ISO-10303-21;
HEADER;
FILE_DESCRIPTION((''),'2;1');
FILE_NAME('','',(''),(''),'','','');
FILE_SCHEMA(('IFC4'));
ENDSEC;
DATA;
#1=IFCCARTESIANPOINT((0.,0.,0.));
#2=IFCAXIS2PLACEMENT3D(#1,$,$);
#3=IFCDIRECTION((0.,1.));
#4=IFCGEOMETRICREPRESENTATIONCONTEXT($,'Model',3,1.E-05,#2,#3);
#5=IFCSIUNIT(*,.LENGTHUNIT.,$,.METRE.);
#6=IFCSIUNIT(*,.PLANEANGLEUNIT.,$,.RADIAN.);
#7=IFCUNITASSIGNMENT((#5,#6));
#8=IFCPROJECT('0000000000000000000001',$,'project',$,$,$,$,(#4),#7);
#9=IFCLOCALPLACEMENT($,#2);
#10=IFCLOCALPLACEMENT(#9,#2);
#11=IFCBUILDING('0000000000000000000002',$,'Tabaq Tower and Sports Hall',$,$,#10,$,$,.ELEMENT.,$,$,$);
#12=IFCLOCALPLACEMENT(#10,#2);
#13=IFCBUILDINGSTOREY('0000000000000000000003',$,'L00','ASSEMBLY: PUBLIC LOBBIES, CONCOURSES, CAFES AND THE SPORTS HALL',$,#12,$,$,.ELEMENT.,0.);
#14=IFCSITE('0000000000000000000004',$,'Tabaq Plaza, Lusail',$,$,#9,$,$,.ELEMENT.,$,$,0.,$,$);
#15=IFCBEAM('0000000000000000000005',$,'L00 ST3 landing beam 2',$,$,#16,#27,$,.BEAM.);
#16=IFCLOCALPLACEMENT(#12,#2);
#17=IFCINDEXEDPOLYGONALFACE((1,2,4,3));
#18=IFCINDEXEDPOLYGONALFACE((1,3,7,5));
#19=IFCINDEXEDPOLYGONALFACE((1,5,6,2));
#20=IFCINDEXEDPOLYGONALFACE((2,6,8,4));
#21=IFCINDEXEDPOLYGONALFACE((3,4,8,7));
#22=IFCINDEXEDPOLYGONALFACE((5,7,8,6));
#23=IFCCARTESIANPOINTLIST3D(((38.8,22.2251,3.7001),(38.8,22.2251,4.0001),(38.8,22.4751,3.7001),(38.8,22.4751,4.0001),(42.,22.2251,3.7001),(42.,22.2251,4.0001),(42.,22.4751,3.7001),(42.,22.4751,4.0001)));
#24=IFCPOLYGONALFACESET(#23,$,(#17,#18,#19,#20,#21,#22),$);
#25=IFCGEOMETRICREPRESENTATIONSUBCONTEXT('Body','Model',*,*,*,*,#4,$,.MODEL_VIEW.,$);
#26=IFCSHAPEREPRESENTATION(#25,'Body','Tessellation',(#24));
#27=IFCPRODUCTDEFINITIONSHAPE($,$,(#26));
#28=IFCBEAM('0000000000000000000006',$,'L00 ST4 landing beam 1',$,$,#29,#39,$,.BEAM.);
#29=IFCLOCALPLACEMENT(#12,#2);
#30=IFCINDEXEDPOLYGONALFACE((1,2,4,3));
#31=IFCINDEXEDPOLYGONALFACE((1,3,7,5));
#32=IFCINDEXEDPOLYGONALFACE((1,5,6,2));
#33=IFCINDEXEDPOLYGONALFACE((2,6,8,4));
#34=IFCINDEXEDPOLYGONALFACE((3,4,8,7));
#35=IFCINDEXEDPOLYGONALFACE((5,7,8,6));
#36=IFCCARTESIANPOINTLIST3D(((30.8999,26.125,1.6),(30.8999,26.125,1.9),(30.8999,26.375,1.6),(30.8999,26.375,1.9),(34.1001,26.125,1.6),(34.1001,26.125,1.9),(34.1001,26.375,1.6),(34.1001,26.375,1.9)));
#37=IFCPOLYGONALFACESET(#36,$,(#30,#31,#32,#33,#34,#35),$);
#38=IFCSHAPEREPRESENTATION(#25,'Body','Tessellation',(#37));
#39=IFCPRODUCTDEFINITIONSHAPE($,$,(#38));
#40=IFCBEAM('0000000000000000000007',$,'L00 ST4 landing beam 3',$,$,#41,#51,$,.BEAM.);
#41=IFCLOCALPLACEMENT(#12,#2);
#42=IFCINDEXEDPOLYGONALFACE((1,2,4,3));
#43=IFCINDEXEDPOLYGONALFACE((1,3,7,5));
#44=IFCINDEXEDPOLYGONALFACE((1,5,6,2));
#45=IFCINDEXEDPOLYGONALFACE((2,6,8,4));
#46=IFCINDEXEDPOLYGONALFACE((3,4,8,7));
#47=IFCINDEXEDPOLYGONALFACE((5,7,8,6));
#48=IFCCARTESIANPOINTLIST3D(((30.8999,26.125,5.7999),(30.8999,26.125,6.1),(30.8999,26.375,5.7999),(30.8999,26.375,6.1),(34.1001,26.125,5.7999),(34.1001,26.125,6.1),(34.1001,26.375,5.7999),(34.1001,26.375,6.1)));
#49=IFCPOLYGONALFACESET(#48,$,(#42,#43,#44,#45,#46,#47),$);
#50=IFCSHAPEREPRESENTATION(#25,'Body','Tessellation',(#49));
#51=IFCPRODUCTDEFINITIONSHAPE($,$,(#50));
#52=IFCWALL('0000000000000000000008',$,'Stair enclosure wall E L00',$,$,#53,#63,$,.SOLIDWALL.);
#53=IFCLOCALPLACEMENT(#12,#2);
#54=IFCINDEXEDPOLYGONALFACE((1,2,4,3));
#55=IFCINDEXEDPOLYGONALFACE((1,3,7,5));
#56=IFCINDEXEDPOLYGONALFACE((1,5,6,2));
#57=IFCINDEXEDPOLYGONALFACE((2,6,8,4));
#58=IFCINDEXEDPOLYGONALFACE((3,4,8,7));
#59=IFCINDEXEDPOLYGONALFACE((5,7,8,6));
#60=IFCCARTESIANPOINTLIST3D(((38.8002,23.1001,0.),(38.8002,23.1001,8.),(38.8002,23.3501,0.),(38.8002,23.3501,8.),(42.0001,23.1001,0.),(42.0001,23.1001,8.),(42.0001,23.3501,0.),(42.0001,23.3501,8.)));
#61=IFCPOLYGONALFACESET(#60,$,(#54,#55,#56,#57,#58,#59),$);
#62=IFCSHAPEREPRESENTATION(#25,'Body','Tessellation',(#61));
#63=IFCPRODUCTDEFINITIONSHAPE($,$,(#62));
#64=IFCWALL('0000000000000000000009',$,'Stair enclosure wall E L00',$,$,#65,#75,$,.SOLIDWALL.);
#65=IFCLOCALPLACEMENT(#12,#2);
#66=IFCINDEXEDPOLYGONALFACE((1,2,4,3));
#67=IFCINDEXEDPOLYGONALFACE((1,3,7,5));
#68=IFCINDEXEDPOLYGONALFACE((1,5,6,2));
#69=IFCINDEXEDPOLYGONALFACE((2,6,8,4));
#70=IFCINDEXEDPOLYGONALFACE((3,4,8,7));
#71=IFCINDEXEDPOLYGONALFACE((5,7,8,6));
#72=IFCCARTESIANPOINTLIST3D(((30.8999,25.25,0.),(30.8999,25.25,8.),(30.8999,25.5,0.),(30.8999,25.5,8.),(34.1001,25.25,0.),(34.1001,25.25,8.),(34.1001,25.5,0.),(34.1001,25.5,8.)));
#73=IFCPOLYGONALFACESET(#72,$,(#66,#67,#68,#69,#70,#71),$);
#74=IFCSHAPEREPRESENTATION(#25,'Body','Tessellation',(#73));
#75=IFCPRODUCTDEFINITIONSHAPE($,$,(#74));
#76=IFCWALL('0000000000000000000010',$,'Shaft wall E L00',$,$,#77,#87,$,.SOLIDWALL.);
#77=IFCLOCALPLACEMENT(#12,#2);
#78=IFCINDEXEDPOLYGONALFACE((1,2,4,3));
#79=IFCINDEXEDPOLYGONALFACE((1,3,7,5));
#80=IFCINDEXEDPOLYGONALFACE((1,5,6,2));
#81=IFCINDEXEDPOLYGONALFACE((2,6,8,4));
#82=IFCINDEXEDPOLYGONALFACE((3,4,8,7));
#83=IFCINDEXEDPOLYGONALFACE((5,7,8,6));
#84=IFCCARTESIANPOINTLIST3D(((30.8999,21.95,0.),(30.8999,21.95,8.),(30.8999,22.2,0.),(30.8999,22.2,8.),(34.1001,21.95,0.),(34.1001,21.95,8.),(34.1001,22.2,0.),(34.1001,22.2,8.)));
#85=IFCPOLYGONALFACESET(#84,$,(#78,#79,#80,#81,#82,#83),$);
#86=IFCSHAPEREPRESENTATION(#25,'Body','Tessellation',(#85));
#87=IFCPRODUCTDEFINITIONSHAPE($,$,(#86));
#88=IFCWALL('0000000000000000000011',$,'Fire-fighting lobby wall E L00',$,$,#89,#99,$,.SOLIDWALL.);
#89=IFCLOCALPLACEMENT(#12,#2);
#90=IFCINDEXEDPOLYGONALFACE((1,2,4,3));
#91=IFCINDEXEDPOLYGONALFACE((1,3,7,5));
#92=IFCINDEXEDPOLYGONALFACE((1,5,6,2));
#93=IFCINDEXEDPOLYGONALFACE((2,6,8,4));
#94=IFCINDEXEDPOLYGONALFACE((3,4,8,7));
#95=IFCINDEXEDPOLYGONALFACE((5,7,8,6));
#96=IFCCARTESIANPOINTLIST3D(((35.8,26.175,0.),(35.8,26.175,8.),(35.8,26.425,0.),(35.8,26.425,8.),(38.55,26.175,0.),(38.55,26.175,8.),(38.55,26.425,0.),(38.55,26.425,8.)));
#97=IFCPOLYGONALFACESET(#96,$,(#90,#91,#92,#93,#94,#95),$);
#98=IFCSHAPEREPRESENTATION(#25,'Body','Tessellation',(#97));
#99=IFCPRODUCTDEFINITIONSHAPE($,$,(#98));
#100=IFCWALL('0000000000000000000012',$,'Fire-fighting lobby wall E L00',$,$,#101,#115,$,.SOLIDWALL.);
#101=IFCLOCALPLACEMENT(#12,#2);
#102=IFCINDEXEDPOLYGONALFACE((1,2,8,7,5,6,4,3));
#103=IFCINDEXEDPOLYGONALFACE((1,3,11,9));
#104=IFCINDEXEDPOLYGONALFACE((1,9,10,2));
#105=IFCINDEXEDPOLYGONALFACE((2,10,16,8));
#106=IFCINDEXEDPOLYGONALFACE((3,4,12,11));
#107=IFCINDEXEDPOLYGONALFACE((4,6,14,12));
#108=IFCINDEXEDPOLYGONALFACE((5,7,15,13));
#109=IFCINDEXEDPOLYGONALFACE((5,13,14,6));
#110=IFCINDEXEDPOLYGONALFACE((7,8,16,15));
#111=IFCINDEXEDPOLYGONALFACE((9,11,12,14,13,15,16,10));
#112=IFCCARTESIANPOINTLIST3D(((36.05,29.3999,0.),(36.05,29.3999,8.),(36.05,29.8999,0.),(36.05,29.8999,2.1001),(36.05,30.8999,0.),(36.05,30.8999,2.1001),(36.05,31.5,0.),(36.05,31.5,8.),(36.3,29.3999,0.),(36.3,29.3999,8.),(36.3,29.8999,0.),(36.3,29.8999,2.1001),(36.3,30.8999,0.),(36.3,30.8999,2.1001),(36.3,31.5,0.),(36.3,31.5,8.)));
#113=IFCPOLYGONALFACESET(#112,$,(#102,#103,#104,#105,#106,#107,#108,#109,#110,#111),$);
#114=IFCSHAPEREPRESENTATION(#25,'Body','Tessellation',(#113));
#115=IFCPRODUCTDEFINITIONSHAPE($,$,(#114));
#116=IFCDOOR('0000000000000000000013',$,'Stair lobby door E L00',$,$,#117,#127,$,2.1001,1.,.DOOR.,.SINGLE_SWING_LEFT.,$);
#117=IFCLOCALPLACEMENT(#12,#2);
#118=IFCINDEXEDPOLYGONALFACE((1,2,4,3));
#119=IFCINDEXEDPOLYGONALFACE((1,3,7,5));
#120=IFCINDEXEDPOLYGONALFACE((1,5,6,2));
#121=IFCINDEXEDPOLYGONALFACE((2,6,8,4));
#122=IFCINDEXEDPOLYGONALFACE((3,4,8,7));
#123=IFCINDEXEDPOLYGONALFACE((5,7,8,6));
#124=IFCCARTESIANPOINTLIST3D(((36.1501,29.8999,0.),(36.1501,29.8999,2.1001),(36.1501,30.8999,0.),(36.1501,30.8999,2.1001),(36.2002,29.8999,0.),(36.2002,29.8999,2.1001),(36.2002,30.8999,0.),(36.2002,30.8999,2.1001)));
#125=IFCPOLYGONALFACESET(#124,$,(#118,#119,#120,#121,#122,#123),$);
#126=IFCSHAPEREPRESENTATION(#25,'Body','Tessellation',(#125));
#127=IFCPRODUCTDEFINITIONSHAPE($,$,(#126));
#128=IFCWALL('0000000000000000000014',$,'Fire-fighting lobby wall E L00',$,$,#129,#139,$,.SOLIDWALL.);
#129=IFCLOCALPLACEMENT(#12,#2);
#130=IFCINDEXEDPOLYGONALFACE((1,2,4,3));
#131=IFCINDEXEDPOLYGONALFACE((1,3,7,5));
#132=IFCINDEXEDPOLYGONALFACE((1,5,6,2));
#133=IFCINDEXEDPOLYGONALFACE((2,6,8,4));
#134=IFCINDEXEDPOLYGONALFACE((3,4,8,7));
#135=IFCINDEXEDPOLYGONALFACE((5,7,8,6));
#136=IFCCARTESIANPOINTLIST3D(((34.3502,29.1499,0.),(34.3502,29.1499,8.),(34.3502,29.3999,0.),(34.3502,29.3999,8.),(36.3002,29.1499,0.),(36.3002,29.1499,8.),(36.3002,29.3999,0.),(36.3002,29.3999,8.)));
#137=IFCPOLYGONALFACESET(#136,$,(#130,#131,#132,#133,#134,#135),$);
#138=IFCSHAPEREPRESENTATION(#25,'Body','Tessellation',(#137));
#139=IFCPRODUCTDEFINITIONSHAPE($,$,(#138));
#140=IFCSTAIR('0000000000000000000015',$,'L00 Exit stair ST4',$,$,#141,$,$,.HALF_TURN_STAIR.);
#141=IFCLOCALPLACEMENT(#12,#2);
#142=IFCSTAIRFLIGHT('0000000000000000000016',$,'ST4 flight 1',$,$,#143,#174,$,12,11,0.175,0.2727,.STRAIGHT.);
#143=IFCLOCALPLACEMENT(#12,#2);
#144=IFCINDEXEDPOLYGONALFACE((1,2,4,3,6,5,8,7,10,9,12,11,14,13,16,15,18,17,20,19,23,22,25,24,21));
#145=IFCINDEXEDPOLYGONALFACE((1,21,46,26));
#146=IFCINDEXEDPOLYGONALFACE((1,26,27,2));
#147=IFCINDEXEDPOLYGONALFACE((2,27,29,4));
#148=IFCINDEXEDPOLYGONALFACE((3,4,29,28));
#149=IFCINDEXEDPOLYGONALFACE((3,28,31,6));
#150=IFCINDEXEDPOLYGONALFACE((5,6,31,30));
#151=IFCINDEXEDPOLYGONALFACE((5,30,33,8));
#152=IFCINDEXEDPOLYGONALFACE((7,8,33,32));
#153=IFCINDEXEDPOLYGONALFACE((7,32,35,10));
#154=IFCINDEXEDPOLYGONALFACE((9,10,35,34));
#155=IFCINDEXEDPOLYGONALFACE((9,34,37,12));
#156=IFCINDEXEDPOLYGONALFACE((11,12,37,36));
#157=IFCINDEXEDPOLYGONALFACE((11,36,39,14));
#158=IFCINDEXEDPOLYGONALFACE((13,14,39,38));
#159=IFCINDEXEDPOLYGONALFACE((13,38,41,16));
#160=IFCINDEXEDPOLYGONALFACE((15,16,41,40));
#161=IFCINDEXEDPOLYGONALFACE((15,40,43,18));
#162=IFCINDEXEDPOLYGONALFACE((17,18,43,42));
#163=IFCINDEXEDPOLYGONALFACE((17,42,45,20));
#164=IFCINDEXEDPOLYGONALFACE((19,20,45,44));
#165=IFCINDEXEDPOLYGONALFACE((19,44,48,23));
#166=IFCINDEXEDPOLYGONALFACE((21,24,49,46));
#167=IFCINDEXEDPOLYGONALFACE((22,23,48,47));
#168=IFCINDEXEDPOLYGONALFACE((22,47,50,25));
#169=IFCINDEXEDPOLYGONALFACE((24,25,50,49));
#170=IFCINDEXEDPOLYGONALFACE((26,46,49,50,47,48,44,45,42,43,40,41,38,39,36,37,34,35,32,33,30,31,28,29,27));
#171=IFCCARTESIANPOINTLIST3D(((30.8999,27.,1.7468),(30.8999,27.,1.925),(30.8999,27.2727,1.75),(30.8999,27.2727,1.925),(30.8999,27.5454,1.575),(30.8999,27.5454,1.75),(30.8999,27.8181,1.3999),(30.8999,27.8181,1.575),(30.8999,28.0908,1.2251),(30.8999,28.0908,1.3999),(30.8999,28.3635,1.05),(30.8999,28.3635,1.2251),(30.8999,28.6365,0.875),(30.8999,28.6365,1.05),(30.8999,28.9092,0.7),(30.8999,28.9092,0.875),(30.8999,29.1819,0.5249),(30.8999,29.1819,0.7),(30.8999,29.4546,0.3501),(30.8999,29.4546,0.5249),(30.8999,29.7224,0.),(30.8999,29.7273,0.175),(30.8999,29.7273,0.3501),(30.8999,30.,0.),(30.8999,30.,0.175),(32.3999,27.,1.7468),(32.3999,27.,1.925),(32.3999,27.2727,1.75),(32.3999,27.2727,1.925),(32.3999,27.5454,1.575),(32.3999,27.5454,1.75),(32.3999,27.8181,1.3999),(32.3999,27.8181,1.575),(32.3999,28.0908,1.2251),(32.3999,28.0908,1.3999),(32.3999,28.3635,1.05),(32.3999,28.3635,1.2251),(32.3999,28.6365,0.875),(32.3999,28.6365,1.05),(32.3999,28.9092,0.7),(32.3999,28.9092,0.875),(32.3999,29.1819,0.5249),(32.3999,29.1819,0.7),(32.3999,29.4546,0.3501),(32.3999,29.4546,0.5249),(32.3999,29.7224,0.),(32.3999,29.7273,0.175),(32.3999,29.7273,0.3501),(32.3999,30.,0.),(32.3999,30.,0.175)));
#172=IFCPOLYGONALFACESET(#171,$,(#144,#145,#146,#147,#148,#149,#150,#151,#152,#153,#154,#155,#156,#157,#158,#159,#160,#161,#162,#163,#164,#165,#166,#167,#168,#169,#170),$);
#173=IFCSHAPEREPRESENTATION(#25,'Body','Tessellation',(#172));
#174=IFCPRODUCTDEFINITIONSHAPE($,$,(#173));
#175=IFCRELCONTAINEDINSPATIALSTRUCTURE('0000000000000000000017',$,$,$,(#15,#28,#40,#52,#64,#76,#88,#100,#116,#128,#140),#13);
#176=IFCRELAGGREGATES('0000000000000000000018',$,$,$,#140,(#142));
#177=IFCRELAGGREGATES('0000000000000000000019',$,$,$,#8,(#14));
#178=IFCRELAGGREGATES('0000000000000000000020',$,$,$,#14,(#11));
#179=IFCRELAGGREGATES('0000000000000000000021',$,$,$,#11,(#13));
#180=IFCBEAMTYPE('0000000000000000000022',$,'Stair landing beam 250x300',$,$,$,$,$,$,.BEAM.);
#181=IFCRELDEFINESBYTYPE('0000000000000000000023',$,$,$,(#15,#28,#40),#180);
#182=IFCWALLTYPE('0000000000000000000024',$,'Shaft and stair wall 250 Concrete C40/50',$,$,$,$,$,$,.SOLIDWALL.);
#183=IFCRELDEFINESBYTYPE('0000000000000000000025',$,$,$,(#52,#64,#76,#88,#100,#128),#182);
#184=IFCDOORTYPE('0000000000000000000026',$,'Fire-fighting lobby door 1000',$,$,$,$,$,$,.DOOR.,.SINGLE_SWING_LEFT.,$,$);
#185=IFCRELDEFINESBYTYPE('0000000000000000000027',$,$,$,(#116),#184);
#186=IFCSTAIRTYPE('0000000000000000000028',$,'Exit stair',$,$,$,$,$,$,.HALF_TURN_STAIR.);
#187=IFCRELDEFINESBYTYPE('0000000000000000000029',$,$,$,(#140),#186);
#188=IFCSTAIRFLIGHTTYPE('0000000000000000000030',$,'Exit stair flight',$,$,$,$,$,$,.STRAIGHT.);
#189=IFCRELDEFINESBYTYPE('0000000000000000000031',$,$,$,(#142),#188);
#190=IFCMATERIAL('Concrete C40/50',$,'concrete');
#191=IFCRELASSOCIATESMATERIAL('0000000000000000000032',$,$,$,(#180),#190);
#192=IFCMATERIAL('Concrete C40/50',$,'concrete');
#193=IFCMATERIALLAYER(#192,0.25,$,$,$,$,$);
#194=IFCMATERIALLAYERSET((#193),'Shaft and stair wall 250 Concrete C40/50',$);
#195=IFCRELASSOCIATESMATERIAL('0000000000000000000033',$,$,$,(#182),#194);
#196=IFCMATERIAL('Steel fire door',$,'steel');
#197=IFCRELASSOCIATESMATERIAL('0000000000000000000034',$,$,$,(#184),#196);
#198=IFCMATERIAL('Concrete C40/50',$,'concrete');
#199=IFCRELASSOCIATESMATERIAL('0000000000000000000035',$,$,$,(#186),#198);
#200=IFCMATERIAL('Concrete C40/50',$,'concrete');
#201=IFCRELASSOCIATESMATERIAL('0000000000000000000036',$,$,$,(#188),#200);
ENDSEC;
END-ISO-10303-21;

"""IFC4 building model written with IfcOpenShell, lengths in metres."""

from ifc_helpers import new_model, si_unit, direction, frame, frame_2d, origin, origin_2d, place, context, subcontext, project, spatial, polyline, rectangle, outline, extrude, material, layer, layer_set, material_profile, profile_set, type_object, element, fill, aggregate, save


model = new_model("IFC4")

# Units and contexts
model_context = context("Model", 3, precision=1e-05, world=origin(), true_north=direction((0.0, 1.0)))
body_context = subcontext(model_context, "Body", "Model", "MODEL_VIEW")
ifc_project = project(units=[si_unit("LENGTHUNIT", "METRE"), si_unit("PLANEANGLEUNIT", "RADIAN")], contexts=[model_context])

# Site, building, storey
site_placement = place(None, origin())
site = spatial("IfcSite", under=ifc_project, at=site_placement, Name="Tabaq Plaza, Lusail", CompositionType="ELEMENT", RefElevation=0.0)
building_placement = place(site_placement, origin())
building = spatial("IfcBuilding", under=site, at=building_placement, Name="Tabaq Tower and Sports Hall", CompositionType="ELEMENT")
storey_placement = place(building_placement, origin())
storey = spatial("IfcBuildingStorey", under=building, at=storey_placement, Name="L00", Description="ASSEMBLY: PUBLIC LOBBIES, CONCOURSES, CAFES AND THE SPORTS HALL", CompositionType="ELEMENT", Elevation=0.0)

# Beams
ifc_material_1 = material(Name="Concrete C40/50", Category="concrete")
ifc_material_profile = material_profile(ifc_material_1, rectangle(XDim=0.25, YDim=0.3, at=origin_2d()), Name="RC 250x300")
ifc_profile_set = profile_set([ifc_material_profile], Name="Concrete C40/50")
beam_type = type_object("IfcBeamType", Name="Stair landing beam 250x300", PredefinedType="BEAM", material=ifc_profile_set)
beam_placement = place(storey_placement, frame((38.8, 22.3501, 3.8501), z_axis=(1.0, 0.0, 0.0), x_axis=(0.0, 1.0, 0.0)))
element("IfcBeam", 1, at=beam_placement, inside=storey, type_object=beam_type, Name="L00 ST3 landing beam 2", PredefinedType="BEAM", context=body_context, shape_type="SweptSolid", body=[
    extrude(rectangle(XDim=0.25, YDim=0.3, at=origin_2d()), origin(), (0.0, 0.0, 1.0), 3.2),
])
for number, where, z_axis, x_axis, name in (
    (2, (30.8999, 26.25, 1.75), (1.0, 0.0, 0.0), (0.0, 1.0, 0.0), "L00 ST4 landing beam 1"),
    (3, (30.8999, 26.25, 5.95), (1.0, 0.0, 0.0), (0.0, 1.0, 0.0), "L00 ST4 landing beam 3"),
):
    element("IfcBeam", number, at=place(storey_placement, frame(where, z_axis=z_axis, x_axis=x_axis)), inside=storey, type_object=beam_type, Name=name, PredefinedType="BEAM", context=body_context, shape_type="SweptSolid", body=[
        extrude(rectangle(XDim=0.25, YDim=0.3, at=origin_2d()), origin(), (0.0, 0.0, 1.0), 3.2002),
    ])

# Walls
ifc_material_2 = material(Name="Concrete C40/50", Category="concrete")
ifc_layer = layer(ifc_material_2, 0.25)
ifc_layer_set = layer_set([ifc_layer], Name="Shaft and stair wall 250 Concrete C40/50")
wall_type = type_object("IfcWallType", Name="Shaft and stair wall 250 Concrete C40/50", PredefinedType="SOLIDWALL", material=ifc_layer_set)
wall_1_placement = place(storey_placement, frame((38.8, 23.2251, 0.0), z_axis=(0.0, 0.0, 1.0), x_axis=(1.0, 0.0, 0.0)))
element("IfcWall", 4, at=wall_1_placement, inside=storey, type_object=wall_type, Name="Stair enclosure wall E L00", PredefinedType="SOLIDWALL", context=body_context, shape_type="SweptSolid", body=[
    extrude(rectangle(XDim=3.2, YDim=0.25, at=frame_2d((1.6001, 0.0))), origin(), (0.0, 0.0, 1.0), 8.0),
])
for number, where, z_axis, x_axis, name in (
    (5, (30.8999, 25.375, 0.0), (0.0, 0.0, 1.0), (1.0, 0.0, 0.0), "Stair enclosure wall E L00"),
    (6, (30.8999, 22.075, 0.0), (0.0, 0.0, 1.0), (1.0, 0.0, 0.0), "Shaft wall E L00"),
):
    element("IfcWall", number, at=place(storey_placement, frame(where, z_axis=z_axis, x_axis=x_axis)), inside=storey, type_object=wall_type, Name=name, PredefinedType="SOLIDWALL", context=body_context, shape_type="SweptSolid", body=[
        extrude(rectangle(XDim=3.2002, YDim=0.25, at=frame_2d((1.6001, 0.0))), origin(), (0.0, 0.0, 1.0), 8.0),
    ])
wall_2_placement = place(storey_placement, frame((35.8, 26.3, 0.0), z_axis=(0.0, 0.0, 1.0), x_axis=(1.0, 0.0, 0.0)))
element("IfcWall", 7, at=wall_2_placement, inside=storey, type_object=wall_type, Name="Fire-fighting lobby wall E L00", PredefinedType="SOLIDWALL", context=body_context, shape_type="SweptSolid", body=[
    extrude(rectangle(XDim=2.75, YDim=0.25, at=frame_2d((1.375, 0.0))), origin(), (0.0, 0.0, 1.0), 8.0),
])

# Wall, opening, door
wall_3_placement = place(storey_placement, frame((36.175, 29.3999, 0.0), z_axis=(0.0, 0.0, 1.0), x_axis=(0.0, 1.0, 0.0)))
wall_3 = element("IfcWall", 8, at=wall_3_placement, inside=storey, type_object=wall_type, Name="Fire-fighting lobby wall E L00", PredefinedType="SOLIDWALL", context=body_context, shape_type="SweptSolid", body=[
    extrude(rectangle(XDim=2.1001, YDim=0.25, at=frame_2d((1.05, 0.0))), origin(), (0.0, 0.0, 1.0), 8.0),
])
opening_placement = place(wall_3_placement, frame((0.5, 0.0, 0.0)))
opening = element("IfcOpeningElement", 9, at=opening_placement, cuts=wall_3, PredefinedType="OPENING", context=body_context, shape_type="SweptSolid", body=[
    extrude(rectangle(XDim=1.0, YDim=2.1001, at=frame_2d((0.5, 1.05))), frame((0.0, 0.125, 0.0), z_axis=(0.0, -1.0, 0.0), x_axis=(1.0, 0.0, 0.0)), (0.0, 0.0, 1.0), 0.25),
])
ifc_material_3 = material(Name="Steel fire door", Category="steel")
door_type = type_object("IfcDoorType", Name="Fire-fighting lobby door 1000", OperationType="SINGLE_SWING_LEFT", PredefinedType="DOOR", material=ifc_material_3)
door_placement = place(opening_placement, origin())
door = element("IfcDoor", 10, at=door_placement, inside=storey, type_object=door_type, Name="Stair lobby door E L00", OperationType="SINGLE_SWING_LEFT", OverallHeight=2.1001, OverallWidth=1.0, PredefinedType="DOOR", context=body_context, shape_type="SweptSolid", body=[
    extrude(rectangle(XDim=1.0, YDim=2.1001, at=frame_2d((0.5, 1.05))), frame((0.0, 0.0249, 0.0), z_axis=(0.0, -1.0, 0.0), x_axis=(1.0, 0.0, 0.0)), (0.0, 0.0, 1.0), 0.05),
])
fill(opening, door)

# Wall
wall_4_placement = place(storey_placement, frame((34.3501, 29.2749, 0.0), z_axis=(0.0, 0.0, 1.0), x_axis=(1.0, 0.0, 0.0)))
element("IfcWall", 11, at=wall_4_placement, inside=storey, type_object=wall_type, Name="Fire-fighting lobby wall E L00", PredefinedType="SOLIDWALL", context=body_context, shape_type="SweptSolid", body=[
    extrude(rectangle(XDim=1.95, YDim=0.25, at=frame_2d((0.9751, 0.0))), origin(), (0.0, 0.0, 1.0), 8.0),
])

# Stair, stair flight
ifc_material_4 = material(Name="Concrete C40/50", Category="concrete")
stair_type = type_object("IfcStairType", Name="Exit stair", PredefinedType="HALF_TURN_STAIR", material=ifc_material_4)
stair_placement = place(storey_placement, origin())
stair = element("IfcStair", 12, at=stair_placement, inside=storey, type_object=stair_type, Name="L00 Exit stair ST4", PredefinedType="HALF_TURN_STAIR")
ifc_material_5 = material(Name="Concrete C40/50", Category="concrete")
stair_flight_type = type_object("IfcStairFlightType", Name="Exit stair flight", PredefinedType="STRAIGHT", material=ifc_material_5)
stair_flight_1_placement = place(storey_placement, frame((31.6499, 30.0, 0.0), z_axis=(0.0, 0.0, 1.0), x_axis=(0.0, -1.0, 0.0)))
stair_flight_1 = element("IfcStairFlight", 13, at=stair_flight_1_placement, type_object=stair_flight_type, Name="ST4 flight 1", NumberOfRisers=12, NumberOfTreads=11, PredefinedType="STRAIGHT", RiserHeight=0.175, TreadLength=0.2727, context=body_context, shape_type="SweptSolid", body=[
    extrude(outline(polyline([(0.0, 0.0), (0.0, 0.175), (0.2727, 0.175), (0.2727, 0.3501), (0.5454, 0.3501), (0.5454, 0.5249), (0.8181, 0.5249), (0.8181, 0.7), (1.0908, 0.7), (1.0908, 0.875), (1.3635, 0.875), (1.3635, 1.05), (1.6365, 1.05), (1.6365, 1.2251), (1.9092, 1.2251), (1.9092, 1.3999), (2.1819, 1.3999), (2.1819, 1.575), (2.4546, 1.575), (2.4546, 1.75), (2.7273, 1.75), (2.7273, 1.925), (3.0, 1.925), (3.0, 2.1001), (3.0, 1.7468), (0.2776, 0.0), (0.0, 0.0)])), frame((0.0, 0.75, 0.0), z_axis=(0.0, -1.0, 0.0), x_axis=(1.0, 0.0, 0.0)), (0.0, 0.0, 1.0), 1.5),
])
aggregate(stair, [stair_flight_1])

save(model, "model.ifc")
